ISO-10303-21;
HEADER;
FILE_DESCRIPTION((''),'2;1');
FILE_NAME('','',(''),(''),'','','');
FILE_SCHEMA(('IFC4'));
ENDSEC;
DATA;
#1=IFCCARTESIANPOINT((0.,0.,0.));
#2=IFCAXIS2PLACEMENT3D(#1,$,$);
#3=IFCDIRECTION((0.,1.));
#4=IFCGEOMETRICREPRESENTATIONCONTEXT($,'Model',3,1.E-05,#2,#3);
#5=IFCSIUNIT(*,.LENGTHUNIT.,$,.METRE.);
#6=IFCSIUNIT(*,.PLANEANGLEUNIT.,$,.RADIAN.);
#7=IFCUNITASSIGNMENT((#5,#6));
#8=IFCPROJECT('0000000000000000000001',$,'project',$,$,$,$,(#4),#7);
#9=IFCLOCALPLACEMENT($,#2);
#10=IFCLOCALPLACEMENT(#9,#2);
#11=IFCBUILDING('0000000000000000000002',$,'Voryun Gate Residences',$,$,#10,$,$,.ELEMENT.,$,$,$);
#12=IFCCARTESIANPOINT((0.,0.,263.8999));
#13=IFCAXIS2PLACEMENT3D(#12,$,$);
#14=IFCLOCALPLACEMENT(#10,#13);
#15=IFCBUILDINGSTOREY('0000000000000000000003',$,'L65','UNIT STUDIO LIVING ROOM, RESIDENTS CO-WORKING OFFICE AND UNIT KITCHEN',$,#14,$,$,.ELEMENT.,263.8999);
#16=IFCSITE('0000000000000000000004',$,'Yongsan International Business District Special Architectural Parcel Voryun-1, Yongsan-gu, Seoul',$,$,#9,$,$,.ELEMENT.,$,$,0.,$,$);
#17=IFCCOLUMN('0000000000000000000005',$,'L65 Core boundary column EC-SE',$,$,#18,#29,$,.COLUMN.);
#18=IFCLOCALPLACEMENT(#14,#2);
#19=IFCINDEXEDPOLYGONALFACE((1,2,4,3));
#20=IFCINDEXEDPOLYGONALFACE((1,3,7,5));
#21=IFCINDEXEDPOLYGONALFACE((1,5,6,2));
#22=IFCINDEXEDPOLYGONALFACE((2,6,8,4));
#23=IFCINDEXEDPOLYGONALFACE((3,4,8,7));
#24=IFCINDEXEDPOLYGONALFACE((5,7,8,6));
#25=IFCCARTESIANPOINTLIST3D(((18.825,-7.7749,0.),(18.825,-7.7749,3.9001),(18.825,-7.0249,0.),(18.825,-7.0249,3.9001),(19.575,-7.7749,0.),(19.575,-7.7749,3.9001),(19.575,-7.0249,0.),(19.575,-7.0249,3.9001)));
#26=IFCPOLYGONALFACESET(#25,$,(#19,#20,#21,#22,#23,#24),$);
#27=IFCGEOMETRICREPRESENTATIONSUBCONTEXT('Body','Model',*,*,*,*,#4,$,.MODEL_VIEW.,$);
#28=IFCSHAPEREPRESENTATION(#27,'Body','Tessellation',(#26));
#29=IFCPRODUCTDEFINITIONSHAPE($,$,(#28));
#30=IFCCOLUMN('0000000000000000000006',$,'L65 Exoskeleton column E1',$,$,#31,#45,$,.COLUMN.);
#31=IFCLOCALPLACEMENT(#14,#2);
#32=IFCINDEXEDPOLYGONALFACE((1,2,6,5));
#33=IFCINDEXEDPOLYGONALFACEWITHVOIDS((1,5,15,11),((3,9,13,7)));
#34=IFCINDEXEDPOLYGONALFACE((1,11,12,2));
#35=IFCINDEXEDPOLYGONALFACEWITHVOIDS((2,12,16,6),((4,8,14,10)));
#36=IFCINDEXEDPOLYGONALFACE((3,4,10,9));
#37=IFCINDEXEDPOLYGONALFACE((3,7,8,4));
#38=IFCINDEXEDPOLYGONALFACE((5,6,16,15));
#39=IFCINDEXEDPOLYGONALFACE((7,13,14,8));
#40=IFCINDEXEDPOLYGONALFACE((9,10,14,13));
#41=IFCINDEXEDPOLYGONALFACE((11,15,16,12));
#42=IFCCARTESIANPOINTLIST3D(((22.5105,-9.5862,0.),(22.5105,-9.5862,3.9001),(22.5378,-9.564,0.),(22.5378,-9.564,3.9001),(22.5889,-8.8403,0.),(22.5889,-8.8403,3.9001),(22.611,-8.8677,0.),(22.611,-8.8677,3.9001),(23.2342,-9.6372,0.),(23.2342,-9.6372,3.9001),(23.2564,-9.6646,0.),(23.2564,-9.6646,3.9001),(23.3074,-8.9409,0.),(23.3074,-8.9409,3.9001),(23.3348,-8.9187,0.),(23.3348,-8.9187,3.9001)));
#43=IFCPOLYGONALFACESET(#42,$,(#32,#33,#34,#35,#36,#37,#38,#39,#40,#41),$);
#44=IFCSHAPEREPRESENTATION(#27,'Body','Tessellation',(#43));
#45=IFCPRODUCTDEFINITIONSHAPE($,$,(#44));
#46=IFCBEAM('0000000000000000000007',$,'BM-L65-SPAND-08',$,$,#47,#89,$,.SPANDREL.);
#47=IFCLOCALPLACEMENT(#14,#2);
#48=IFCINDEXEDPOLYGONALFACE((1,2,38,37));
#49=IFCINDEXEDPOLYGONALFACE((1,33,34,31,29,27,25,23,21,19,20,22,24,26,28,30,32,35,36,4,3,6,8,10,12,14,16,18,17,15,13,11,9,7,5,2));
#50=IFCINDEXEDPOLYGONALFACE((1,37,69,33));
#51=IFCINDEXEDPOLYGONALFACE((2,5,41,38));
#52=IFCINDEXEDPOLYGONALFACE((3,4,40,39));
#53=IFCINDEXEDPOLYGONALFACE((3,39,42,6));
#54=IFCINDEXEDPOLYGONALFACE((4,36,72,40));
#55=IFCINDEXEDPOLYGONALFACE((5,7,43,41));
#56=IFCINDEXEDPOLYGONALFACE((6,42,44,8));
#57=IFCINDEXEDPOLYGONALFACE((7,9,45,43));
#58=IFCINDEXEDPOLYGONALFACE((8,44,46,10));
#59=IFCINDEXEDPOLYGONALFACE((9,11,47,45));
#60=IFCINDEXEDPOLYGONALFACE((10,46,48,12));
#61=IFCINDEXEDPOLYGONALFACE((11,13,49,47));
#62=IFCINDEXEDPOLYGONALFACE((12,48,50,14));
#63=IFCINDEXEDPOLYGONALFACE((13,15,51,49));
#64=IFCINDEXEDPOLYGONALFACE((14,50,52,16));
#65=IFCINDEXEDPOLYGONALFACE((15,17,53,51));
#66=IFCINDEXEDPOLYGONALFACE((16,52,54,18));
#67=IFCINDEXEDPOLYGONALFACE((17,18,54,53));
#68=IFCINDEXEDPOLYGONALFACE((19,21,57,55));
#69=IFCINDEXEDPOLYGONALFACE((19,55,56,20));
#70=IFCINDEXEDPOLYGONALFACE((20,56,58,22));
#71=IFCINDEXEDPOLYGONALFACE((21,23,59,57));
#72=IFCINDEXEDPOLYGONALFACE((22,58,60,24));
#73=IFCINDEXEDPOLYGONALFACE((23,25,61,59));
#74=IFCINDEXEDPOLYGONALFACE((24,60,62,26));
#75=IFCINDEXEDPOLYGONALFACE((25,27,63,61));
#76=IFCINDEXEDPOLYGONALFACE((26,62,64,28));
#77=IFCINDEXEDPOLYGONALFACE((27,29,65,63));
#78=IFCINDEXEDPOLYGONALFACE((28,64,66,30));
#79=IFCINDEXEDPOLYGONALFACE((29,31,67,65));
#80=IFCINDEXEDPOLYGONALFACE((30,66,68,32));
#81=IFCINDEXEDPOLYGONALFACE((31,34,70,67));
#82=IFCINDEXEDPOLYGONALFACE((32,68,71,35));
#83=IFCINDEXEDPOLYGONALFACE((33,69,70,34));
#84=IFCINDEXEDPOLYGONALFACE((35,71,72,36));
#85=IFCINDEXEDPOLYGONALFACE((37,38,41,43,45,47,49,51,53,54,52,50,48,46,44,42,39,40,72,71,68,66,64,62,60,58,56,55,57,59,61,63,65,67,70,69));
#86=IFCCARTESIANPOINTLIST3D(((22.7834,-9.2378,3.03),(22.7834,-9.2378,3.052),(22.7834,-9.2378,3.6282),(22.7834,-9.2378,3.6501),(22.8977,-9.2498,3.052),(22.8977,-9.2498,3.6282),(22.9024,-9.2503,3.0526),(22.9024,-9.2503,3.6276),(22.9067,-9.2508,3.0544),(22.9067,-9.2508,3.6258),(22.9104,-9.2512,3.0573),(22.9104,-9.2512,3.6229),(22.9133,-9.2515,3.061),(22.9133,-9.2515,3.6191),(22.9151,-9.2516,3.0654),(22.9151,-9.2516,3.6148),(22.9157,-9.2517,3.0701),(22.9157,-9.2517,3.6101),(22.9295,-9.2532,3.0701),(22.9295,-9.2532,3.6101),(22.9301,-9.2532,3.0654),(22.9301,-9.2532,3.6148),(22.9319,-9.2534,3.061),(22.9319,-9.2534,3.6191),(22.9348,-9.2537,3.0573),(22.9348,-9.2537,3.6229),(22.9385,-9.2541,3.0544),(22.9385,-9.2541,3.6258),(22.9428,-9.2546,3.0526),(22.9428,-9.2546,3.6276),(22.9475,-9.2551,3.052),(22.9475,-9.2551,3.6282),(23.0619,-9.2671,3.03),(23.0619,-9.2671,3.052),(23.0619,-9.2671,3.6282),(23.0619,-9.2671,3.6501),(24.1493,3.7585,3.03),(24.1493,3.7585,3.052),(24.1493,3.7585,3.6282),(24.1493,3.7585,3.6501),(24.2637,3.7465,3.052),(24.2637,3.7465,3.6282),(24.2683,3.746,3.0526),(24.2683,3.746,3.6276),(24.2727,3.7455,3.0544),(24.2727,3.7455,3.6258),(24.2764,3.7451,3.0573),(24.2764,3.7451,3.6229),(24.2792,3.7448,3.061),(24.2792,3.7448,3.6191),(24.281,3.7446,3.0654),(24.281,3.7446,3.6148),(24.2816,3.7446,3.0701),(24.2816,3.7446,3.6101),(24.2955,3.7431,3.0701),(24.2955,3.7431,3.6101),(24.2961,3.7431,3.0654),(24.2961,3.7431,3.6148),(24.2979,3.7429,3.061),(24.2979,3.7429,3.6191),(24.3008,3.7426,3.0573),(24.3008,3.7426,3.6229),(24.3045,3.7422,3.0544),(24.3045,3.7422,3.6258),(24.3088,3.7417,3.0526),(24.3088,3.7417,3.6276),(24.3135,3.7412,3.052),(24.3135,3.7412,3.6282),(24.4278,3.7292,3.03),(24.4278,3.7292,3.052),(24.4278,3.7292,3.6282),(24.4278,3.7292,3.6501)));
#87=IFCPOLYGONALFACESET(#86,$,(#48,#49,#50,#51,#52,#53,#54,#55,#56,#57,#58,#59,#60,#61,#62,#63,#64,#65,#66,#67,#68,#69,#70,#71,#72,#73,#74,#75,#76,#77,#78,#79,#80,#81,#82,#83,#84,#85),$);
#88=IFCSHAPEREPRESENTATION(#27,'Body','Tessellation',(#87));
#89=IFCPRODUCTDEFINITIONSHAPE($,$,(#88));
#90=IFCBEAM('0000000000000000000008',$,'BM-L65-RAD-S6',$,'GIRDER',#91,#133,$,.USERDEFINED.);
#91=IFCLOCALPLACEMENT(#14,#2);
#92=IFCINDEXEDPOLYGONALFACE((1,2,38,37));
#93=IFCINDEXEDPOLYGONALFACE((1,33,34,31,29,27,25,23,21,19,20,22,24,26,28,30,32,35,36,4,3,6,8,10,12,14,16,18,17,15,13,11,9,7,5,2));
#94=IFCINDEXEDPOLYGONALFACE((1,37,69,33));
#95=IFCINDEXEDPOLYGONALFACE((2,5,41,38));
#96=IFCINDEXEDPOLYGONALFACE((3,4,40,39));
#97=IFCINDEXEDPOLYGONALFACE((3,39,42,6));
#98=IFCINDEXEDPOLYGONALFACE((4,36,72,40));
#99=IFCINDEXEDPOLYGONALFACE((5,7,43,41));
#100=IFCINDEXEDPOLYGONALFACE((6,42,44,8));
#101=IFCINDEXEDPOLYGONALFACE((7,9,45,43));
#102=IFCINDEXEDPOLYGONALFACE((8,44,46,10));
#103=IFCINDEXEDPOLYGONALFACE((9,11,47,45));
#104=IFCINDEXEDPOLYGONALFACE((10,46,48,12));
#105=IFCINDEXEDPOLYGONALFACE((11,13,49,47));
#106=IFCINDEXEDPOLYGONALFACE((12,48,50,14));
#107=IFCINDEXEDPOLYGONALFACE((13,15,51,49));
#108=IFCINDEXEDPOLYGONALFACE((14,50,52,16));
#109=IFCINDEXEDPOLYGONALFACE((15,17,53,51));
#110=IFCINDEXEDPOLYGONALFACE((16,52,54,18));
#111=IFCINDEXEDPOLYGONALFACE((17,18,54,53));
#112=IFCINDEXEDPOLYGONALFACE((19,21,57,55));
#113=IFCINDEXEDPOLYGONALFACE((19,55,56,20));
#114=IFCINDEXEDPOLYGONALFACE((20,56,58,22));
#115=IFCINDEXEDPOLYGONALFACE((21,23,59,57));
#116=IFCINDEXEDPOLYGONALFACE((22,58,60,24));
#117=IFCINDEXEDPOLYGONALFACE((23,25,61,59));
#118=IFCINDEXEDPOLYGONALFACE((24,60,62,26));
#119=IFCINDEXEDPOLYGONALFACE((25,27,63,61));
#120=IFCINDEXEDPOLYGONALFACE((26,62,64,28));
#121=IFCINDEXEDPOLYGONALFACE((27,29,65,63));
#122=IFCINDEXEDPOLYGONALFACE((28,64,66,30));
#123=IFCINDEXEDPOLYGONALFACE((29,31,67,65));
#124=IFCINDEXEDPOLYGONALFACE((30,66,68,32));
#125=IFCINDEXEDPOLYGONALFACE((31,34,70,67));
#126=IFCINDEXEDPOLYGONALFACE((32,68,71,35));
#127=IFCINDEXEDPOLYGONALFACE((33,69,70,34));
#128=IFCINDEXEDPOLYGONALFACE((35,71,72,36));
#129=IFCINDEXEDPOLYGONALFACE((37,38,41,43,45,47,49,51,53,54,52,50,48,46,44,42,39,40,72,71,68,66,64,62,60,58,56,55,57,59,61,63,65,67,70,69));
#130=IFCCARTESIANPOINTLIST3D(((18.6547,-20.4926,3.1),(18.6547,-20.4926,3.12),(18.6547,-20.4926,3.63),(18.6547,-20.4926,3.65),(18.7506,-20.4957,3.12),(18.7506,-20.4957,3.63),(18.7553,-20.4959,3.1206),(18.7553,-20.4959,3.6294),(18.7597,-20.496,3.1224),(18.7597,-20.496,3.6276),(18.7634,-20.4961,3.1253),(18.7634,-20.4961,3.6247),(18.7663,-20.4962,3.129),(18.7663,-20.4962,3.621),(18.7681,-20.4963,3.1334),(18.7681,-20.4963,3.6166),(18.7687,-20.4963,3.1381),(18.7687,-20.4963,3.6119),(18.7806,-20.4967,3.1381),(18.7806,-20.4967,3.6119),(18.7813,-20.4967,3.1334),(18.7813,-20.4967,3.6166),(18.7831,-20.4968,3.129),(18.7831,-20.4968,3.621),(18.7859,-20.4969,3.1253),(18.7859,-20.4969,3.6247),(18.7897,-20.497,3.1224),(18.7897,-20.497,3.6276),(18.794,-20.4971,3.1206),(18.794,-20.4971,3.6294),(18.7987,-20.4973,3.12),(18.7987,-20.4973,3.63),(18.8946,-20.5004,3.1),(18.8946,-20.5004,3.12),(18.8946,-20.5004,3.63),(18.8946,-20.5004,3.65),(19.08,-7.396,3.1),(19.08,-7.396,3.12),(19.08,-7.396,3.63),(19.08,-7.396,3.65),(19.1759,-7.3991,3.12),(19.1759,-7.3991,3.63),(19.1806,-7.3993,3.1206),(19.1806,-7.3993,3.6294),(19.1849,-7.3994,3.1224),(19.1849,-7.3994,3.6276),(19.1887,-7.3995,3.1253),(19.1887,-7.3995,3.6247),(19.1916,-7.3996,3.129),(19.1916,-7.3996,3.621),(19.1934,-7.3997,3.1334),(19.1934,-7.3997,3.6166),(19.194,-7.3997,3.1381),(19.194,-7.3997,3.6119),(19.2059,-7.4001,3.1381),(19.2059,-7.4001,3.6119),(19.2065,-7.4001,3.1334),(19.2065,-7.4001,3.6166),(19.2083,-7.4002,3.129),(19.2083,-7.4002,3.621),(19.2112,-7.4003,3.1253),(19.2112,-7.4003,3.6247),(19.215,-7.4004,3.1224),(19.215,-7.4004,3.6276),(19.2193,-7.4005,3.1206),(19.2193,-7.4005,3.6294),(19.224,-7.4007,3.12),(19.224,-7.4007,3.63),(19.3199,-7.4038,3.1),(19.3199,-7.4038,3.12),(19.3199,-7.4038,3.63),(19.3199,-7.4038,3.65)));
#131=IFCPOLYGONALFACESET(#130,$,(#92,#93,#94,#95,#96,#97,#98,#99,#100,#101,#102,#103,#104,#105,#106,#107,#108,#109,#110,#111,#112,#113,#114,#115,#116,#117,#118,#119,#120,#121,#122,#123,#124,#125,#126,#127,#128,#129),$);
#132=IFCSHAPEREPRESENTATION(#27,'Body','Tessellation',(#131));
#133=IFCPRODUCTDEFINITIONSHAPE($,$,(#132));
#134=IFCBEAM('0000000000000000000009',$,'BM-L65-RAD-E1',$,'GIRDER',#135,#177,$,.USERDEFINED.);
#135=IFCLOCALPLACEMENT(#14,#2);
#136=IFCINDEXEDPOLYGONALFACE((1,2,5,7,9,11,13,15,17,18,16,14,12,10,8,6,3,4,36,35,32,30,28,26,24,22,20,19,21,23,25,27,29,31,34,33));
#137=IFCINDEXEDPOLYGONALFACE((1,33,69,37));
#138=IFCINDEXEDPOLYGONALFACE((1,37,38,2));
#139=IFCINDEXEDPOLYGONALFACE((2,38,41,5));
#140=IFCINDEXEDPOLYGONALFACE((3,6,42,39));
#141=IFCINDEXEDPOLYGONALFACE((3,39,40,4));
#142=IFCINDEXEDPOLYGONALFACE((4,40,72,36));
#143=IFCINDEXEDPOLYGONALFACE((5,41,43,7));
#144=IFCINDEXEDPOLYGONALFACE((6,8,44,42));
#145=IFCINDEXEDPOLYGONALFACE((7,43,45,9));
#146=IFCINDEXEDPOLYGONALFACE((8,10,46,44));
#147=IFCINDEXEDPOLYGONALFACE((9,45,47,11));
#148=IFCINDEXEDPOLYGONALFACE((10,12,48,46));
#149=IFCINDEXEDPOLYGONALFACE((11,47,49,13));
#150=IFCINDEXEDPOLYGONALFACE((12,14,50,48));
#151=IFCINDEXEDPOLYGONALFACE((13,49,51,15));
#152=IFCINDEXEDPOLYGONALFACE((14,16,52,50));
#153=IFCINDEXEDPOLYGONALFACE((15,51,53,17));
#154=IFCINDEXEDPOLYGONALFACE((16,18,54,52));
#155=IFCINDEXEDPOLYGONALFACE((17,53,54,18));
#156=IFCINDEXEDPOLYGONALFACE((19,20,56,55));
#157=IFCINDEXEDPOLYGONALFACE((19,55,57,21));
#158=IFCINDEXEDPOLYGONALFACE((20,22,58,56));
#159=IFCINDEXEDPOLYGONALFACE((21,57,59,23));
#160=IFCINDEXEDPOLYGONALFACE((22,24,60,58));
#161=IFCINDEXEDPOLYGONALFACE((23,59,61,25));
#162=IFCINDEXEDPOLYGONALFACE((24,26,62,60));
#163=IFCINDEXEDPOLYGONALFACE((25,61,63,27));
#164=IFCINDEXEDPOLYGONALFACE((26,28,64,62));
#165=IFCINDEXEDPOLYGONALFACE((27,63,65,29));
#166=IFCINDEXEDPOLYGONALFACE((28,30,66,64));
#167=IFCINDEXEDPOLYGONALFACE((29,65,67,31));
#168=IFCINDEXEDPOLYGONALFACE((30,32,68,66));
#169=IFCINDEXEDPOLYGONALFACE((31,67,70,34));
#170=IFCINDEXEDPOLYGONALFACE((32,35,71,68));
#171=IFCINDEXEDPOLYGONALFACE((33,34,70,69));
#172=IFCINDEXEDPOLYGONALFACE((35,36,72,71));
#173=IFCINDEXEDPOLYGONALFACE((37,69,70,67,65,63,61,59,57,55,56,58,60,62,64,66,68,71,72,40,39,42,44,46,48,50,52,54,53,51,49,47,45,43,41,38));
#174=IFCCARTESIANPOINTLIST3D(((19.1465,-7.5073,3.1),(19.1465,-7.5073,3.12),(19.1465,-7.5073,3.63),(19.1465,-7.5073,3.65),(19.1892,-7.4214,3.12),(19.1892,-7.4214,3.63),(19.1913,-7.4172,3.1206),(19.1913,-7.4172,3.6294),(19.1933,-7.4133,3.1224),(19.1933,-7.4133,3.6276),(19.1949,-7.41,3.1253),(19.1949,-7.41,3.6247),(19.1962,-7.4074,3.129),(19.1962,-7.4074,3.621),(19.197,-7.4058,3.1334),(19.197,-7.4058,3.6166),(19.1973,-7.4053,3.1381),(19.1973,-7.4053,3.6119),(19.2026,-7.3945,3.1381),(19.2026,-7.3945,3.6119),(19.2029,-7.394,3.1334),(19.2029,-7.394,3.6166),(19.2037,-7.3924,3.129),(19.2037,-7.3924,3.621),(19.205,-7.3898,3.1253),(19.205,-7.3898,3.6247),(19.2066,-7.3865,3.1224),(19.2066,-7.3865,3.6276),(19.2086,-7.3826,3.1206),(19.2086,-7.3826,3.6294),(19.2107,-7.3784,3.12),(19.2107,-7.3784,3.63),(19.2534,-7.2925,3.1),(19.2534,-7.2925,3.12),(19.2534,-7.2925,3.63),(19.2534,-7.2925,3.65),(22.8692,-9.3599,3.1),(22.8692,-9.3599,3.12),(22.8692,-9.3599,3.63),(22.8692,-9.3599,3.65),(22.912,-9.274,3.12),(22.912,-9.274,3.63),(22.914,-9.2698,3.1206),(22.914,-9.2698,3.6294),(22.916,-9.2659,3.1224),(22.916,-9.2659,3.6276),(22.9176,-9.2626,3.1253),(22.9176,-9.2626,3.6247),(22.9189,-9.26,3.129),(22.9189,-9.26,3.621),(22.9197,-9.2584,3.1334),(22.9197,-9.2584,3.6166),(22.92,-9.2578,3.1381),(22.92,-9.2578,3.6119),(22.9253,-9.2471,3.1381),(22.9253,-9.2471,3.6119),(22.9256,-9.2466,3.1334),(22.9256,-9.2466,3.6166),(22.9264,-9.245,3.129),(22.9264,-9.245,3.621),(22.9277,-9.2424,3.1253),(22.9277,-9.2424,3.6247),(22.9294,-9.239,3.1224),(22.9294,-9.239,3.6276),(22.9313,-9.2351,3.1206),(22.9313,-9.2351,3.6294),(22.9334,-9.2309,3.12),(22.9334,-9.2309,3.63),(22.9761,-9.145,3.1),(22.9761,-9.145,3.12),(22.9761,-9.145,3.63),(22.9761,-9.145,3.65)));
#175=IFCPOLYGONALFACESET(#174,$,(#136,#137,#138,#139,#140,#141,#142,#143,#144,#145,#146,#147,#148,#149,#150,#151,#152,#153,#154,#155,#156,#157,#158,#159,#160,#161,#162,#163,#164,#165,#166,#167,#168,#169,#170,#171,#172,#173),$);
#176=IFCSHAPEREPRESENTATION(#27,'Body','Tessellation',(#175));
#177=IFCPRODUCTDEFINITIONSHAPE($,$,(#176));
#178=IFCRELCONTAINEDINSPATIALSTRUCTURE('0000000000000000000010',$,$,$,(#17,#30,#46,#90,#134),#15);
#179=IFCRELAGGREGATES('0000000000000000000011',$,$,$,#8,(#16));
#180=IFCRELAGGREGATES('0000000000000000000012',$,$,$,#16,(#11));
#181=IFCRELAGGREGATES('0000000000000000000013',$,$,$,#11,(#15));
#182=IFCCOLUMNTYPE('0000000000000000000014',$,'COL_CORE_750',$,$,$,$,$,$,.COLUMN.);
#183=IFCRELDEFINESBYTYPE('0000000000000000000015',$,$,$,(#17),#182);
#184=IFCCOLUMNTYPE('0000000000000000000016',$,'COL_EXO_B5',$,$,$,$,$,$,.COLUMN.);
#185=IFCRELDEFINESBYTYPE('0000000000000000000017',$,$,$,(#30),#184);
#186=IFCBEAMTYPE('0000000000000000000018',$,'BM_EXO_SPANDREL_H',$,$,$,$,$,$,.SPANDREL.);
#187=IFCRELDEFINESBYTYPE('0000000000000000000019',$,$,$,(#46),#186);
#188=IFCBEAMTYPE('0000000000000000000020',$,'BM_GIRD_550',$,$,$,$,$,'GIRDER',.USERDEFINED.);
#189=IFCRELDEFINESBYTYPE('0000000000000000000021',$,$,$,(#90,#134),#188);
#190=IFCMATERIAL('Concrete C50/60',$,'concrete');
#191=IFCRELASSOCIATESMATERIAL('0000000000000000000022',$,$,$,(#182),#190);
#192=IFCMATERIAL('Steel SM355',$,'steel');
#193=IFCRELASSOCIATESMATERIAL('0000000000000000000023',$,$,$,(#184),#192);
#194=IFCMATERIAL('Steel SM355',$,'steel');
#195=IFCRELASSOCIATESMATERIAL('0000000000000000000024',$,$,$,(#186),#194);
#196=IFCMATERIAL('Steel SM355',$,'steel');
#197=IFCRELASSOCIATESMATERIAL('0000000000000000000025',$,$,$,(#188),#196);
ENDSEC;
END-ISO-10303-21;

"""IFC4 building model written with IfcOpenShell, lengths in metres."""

from ifc_helpers import new_model, si_unit, direction, frame, origin, origin_2d, place, context, subcontext, project, spatial, rectangle, hollow_rectangle, i_section, extrude, material, material_profile, profile_set, type_object, element, save


model = new_model("IFC4")

# Units and contexts
model_context = context("Model", 3, precision=1e-05, world=origin(), true_north=direction((0.0, 1.0)))
body_context = subcontext(model_context, "Body", "Model", "MODEL_VIEW")
ifc_project = project(units=[si_unit("LENGTHUNIT", "METRE"), si_unit("PLANEANGLEUNIT", "RADIAN")], contexts=[model_context])

# Site, building, storey
site_placement = place(None, origin())
site = spatial("IfcSite", under=ifc_project, at=site_placement, Name="Yongsan International Business District Special Architectural Parcel Voryun-1, Yongsan-gu, Seoul", CompositionType="ELEMENT", RefElevation=0.0)
building_placement = place(site_placement, origin())
building = spatial("IfcBuilding", under=site, at=building_placement, Name="Voryun Gate Residences", CompositionType="ELEMENT")
storey_placement = place(building_placement, frame((0.0, 0.0, 263.8999)))
storey = spatial("IfcBuildingStorey", under=building, at=storey_placement, Name="L65", Description="UNIT STUDIO LIVING ROOM, RESIDENTS CO-WORKING OFFICE AND UNIT KITCHEN", CompositionType="ELEMENT", Elevation=263.8999)

# Columns
ifc_material_1 = material(Name="Concrete C50/60", Category="concrete")
ifc_material_profile_1 = material_profile(ifc_material_1, rectangle(XDim=0.75, YDim=0.75, at=origin_2d()), Name="RC-750x750")
ifc_profile_set_1 = profile_set([ifc_material_profile_1], Name="Concrete C50/60")
column_type_1 = type_object("IfcColumnType", Name="COL_CORE_750", PredefinedType="COLUMN", material=ifc_profile_set_1)
column_1_placement = place(storey_placement, frame((19.2, -7.3999, 0.0), z_axis=(0.0, 0.0, 1.0), x_axis=(1.0, 0.0, 0.0)))
element("IfcColumn", 1, at=column_1_placement, inside=storey, type_object=column_type_1, Name="L65 Core boundary column EC-SE", PredefinedType="COLUMN", context=body_context, shape_type="SweptSolid", body=[
    extrude(rectangle(XDim=0.75, YDim=0.75, at=origin_2d()), origin(), (0.0, 0.0, 1.0), 3.9001),
])
ifc_material_2 = material(Name="Steel SM355", Category="steel")
ifc_material_profile_2 = material_profile(ifc_material_2, hollow_rectangle(XDim=0.75, YDim=0.75, WallThickness=0.0249, at=origin_2d()), Name="BOX-750x750x25")
ifc_profile_set_2 = profile_set([ifc_material_profile_2], Name="Steel SM355")
column_type_2 = type_object("IfcColumnType", Name="COL_EXO_B5", PredefinedType="COLUMN", material=ifc_profile_set_2)
column_2_placement = place(storey_placement, frame((22.9226, -9.2524, 0.0), z_axis=(0.0, 0.0, 1.0), x_axis=(0.994522, -0.104528, 0.0)))
element("IfcColumn", 2, at=column_2_placement, inside=storey, type_object=column_type_2, Name="L65 Exoskeleton column E1", PredefinedType="COLUMN", context=body_context, shape_type="SweptSolid", body=[
    extrude(hollow_rectangle(XDim=0.75, YDim=0.75, WallThickness=0.0249, at=origin_2d()), origin(), (0.0, 0.0, 1.0), 3.9001),
])

# Beams
ifc_material_3 = material(Name="Steel SM355", Category="steel")
ifc_material_profile_3 = material_profile(ifc_material_3, i_section(OverallWidth=0.28, OverallDepth=0.6201, WebThickness=0.0139, FlangeThickness=0.022, FilletRadius=0.0181, at=origin_2d()), Name="H-620x280x14x22")
ifc_profile_set_3 = profile_set([ifc_material_profile_3], Name="Steel SM355")
beam_type_1 = type_object("IfcBeamType", Name="BM_EXO_SPANDREL_H", PredefinedType="SPANDREL", material=ifc_profile_set_3)
beam_1_placement = place(storey_placement, frame((22.9226, -9.2524, 3.3401), z_axis=(0.104528, 0.994522, 0.0), x_axis=(-0.994522, 0.104528, 0.0)))
element("IfcBeam", 3, at=beam_1_placement, inside=storey, type_object=beam_type_1, Name="BM-L65-SPAND-08", PredefinedType="SPANDREL", context=body_context, shape_type="SweptSolid", body=[
    extrude(i_section(OverallWidth=0.28, OverallDepth=0.6201, WebThickness=0.0139, FlangeThickness=0.022, FilletRadius=0.0181, at=origin_2d()), origin(), (0.0, 0.0, 1.0), 13.0679),
])
ifc_material_4 = material(Name="Steel SM355", Category="steel")
ifc_material_profile_4 = material_profile(ifc_material_4, i_section(OverallWidth=0.24, OverallDepth=0.55, WebThickness=0.012, FlangeThickness=0.02, FilletRadius=0.0181, at=origin_2d()), Name="H-550x240x12x20")
ifc_profile_set_4 = profile_set([ifc_material_profile_4], Name="Steel SM355")
beam_type_2 = type_object("IfcBeamType", Name="BM_GIRD_550", ElementType="GIRDER", PredefinedType="USERDEFINED", material=ifc_profile_set_4)
beam_2_placement = place(storey_placement, frame((19.2, -7.3999, 3.375), z_axis=(-0.032456, -0.999473, 0.0), x_axis=(0.999473, -0.032456, 0.0)))
element("IfcBeam", 4, at=beam_2_placement, inside=storey, type_object=beam_type_2, Name="BM-L65-RAD-S6", ObjectType="GIRDER", PredefinedType="USERDEFINED", context=body_context, shape_type="SweptSolid", body=[
    extrude(i_section(OverallWidth=0.24, OverallDepth=0.55, WebThickness=0.012, FlangeThickness=0.02, FilletRadius=0.0181, at=origin_2d()), origin(), (0.0, 0.0, 1.0), 13.1035),
])
beam_3_placement = place(storey_placement, frame((19.2, -7.3999, 3.375), z_axis=(0.895271, -0.445522, 0.0), x_axis=(0.445522, 0.895271, 0.0)))
element("IfcBeam", 5, at=beam_3_placement, inside=storey, type_object=beam_type_2, Name="BM-L65-RAD-E1", ObjectType="GIRDER", PredefinedType="USERDEFINED", context=body_context, shape_type="SweptSolid", body=[
    extrude(i_section(OverallWidth=0.24, OverallDepth=0.55, WebThickness=0.012, FlangeThickness=0.02, FilletRadius=0.0181, at=origin_2d()), origin(), (0.0, 0.0, 1.0), 4.1582),
])

save(model, "model.ifc")
